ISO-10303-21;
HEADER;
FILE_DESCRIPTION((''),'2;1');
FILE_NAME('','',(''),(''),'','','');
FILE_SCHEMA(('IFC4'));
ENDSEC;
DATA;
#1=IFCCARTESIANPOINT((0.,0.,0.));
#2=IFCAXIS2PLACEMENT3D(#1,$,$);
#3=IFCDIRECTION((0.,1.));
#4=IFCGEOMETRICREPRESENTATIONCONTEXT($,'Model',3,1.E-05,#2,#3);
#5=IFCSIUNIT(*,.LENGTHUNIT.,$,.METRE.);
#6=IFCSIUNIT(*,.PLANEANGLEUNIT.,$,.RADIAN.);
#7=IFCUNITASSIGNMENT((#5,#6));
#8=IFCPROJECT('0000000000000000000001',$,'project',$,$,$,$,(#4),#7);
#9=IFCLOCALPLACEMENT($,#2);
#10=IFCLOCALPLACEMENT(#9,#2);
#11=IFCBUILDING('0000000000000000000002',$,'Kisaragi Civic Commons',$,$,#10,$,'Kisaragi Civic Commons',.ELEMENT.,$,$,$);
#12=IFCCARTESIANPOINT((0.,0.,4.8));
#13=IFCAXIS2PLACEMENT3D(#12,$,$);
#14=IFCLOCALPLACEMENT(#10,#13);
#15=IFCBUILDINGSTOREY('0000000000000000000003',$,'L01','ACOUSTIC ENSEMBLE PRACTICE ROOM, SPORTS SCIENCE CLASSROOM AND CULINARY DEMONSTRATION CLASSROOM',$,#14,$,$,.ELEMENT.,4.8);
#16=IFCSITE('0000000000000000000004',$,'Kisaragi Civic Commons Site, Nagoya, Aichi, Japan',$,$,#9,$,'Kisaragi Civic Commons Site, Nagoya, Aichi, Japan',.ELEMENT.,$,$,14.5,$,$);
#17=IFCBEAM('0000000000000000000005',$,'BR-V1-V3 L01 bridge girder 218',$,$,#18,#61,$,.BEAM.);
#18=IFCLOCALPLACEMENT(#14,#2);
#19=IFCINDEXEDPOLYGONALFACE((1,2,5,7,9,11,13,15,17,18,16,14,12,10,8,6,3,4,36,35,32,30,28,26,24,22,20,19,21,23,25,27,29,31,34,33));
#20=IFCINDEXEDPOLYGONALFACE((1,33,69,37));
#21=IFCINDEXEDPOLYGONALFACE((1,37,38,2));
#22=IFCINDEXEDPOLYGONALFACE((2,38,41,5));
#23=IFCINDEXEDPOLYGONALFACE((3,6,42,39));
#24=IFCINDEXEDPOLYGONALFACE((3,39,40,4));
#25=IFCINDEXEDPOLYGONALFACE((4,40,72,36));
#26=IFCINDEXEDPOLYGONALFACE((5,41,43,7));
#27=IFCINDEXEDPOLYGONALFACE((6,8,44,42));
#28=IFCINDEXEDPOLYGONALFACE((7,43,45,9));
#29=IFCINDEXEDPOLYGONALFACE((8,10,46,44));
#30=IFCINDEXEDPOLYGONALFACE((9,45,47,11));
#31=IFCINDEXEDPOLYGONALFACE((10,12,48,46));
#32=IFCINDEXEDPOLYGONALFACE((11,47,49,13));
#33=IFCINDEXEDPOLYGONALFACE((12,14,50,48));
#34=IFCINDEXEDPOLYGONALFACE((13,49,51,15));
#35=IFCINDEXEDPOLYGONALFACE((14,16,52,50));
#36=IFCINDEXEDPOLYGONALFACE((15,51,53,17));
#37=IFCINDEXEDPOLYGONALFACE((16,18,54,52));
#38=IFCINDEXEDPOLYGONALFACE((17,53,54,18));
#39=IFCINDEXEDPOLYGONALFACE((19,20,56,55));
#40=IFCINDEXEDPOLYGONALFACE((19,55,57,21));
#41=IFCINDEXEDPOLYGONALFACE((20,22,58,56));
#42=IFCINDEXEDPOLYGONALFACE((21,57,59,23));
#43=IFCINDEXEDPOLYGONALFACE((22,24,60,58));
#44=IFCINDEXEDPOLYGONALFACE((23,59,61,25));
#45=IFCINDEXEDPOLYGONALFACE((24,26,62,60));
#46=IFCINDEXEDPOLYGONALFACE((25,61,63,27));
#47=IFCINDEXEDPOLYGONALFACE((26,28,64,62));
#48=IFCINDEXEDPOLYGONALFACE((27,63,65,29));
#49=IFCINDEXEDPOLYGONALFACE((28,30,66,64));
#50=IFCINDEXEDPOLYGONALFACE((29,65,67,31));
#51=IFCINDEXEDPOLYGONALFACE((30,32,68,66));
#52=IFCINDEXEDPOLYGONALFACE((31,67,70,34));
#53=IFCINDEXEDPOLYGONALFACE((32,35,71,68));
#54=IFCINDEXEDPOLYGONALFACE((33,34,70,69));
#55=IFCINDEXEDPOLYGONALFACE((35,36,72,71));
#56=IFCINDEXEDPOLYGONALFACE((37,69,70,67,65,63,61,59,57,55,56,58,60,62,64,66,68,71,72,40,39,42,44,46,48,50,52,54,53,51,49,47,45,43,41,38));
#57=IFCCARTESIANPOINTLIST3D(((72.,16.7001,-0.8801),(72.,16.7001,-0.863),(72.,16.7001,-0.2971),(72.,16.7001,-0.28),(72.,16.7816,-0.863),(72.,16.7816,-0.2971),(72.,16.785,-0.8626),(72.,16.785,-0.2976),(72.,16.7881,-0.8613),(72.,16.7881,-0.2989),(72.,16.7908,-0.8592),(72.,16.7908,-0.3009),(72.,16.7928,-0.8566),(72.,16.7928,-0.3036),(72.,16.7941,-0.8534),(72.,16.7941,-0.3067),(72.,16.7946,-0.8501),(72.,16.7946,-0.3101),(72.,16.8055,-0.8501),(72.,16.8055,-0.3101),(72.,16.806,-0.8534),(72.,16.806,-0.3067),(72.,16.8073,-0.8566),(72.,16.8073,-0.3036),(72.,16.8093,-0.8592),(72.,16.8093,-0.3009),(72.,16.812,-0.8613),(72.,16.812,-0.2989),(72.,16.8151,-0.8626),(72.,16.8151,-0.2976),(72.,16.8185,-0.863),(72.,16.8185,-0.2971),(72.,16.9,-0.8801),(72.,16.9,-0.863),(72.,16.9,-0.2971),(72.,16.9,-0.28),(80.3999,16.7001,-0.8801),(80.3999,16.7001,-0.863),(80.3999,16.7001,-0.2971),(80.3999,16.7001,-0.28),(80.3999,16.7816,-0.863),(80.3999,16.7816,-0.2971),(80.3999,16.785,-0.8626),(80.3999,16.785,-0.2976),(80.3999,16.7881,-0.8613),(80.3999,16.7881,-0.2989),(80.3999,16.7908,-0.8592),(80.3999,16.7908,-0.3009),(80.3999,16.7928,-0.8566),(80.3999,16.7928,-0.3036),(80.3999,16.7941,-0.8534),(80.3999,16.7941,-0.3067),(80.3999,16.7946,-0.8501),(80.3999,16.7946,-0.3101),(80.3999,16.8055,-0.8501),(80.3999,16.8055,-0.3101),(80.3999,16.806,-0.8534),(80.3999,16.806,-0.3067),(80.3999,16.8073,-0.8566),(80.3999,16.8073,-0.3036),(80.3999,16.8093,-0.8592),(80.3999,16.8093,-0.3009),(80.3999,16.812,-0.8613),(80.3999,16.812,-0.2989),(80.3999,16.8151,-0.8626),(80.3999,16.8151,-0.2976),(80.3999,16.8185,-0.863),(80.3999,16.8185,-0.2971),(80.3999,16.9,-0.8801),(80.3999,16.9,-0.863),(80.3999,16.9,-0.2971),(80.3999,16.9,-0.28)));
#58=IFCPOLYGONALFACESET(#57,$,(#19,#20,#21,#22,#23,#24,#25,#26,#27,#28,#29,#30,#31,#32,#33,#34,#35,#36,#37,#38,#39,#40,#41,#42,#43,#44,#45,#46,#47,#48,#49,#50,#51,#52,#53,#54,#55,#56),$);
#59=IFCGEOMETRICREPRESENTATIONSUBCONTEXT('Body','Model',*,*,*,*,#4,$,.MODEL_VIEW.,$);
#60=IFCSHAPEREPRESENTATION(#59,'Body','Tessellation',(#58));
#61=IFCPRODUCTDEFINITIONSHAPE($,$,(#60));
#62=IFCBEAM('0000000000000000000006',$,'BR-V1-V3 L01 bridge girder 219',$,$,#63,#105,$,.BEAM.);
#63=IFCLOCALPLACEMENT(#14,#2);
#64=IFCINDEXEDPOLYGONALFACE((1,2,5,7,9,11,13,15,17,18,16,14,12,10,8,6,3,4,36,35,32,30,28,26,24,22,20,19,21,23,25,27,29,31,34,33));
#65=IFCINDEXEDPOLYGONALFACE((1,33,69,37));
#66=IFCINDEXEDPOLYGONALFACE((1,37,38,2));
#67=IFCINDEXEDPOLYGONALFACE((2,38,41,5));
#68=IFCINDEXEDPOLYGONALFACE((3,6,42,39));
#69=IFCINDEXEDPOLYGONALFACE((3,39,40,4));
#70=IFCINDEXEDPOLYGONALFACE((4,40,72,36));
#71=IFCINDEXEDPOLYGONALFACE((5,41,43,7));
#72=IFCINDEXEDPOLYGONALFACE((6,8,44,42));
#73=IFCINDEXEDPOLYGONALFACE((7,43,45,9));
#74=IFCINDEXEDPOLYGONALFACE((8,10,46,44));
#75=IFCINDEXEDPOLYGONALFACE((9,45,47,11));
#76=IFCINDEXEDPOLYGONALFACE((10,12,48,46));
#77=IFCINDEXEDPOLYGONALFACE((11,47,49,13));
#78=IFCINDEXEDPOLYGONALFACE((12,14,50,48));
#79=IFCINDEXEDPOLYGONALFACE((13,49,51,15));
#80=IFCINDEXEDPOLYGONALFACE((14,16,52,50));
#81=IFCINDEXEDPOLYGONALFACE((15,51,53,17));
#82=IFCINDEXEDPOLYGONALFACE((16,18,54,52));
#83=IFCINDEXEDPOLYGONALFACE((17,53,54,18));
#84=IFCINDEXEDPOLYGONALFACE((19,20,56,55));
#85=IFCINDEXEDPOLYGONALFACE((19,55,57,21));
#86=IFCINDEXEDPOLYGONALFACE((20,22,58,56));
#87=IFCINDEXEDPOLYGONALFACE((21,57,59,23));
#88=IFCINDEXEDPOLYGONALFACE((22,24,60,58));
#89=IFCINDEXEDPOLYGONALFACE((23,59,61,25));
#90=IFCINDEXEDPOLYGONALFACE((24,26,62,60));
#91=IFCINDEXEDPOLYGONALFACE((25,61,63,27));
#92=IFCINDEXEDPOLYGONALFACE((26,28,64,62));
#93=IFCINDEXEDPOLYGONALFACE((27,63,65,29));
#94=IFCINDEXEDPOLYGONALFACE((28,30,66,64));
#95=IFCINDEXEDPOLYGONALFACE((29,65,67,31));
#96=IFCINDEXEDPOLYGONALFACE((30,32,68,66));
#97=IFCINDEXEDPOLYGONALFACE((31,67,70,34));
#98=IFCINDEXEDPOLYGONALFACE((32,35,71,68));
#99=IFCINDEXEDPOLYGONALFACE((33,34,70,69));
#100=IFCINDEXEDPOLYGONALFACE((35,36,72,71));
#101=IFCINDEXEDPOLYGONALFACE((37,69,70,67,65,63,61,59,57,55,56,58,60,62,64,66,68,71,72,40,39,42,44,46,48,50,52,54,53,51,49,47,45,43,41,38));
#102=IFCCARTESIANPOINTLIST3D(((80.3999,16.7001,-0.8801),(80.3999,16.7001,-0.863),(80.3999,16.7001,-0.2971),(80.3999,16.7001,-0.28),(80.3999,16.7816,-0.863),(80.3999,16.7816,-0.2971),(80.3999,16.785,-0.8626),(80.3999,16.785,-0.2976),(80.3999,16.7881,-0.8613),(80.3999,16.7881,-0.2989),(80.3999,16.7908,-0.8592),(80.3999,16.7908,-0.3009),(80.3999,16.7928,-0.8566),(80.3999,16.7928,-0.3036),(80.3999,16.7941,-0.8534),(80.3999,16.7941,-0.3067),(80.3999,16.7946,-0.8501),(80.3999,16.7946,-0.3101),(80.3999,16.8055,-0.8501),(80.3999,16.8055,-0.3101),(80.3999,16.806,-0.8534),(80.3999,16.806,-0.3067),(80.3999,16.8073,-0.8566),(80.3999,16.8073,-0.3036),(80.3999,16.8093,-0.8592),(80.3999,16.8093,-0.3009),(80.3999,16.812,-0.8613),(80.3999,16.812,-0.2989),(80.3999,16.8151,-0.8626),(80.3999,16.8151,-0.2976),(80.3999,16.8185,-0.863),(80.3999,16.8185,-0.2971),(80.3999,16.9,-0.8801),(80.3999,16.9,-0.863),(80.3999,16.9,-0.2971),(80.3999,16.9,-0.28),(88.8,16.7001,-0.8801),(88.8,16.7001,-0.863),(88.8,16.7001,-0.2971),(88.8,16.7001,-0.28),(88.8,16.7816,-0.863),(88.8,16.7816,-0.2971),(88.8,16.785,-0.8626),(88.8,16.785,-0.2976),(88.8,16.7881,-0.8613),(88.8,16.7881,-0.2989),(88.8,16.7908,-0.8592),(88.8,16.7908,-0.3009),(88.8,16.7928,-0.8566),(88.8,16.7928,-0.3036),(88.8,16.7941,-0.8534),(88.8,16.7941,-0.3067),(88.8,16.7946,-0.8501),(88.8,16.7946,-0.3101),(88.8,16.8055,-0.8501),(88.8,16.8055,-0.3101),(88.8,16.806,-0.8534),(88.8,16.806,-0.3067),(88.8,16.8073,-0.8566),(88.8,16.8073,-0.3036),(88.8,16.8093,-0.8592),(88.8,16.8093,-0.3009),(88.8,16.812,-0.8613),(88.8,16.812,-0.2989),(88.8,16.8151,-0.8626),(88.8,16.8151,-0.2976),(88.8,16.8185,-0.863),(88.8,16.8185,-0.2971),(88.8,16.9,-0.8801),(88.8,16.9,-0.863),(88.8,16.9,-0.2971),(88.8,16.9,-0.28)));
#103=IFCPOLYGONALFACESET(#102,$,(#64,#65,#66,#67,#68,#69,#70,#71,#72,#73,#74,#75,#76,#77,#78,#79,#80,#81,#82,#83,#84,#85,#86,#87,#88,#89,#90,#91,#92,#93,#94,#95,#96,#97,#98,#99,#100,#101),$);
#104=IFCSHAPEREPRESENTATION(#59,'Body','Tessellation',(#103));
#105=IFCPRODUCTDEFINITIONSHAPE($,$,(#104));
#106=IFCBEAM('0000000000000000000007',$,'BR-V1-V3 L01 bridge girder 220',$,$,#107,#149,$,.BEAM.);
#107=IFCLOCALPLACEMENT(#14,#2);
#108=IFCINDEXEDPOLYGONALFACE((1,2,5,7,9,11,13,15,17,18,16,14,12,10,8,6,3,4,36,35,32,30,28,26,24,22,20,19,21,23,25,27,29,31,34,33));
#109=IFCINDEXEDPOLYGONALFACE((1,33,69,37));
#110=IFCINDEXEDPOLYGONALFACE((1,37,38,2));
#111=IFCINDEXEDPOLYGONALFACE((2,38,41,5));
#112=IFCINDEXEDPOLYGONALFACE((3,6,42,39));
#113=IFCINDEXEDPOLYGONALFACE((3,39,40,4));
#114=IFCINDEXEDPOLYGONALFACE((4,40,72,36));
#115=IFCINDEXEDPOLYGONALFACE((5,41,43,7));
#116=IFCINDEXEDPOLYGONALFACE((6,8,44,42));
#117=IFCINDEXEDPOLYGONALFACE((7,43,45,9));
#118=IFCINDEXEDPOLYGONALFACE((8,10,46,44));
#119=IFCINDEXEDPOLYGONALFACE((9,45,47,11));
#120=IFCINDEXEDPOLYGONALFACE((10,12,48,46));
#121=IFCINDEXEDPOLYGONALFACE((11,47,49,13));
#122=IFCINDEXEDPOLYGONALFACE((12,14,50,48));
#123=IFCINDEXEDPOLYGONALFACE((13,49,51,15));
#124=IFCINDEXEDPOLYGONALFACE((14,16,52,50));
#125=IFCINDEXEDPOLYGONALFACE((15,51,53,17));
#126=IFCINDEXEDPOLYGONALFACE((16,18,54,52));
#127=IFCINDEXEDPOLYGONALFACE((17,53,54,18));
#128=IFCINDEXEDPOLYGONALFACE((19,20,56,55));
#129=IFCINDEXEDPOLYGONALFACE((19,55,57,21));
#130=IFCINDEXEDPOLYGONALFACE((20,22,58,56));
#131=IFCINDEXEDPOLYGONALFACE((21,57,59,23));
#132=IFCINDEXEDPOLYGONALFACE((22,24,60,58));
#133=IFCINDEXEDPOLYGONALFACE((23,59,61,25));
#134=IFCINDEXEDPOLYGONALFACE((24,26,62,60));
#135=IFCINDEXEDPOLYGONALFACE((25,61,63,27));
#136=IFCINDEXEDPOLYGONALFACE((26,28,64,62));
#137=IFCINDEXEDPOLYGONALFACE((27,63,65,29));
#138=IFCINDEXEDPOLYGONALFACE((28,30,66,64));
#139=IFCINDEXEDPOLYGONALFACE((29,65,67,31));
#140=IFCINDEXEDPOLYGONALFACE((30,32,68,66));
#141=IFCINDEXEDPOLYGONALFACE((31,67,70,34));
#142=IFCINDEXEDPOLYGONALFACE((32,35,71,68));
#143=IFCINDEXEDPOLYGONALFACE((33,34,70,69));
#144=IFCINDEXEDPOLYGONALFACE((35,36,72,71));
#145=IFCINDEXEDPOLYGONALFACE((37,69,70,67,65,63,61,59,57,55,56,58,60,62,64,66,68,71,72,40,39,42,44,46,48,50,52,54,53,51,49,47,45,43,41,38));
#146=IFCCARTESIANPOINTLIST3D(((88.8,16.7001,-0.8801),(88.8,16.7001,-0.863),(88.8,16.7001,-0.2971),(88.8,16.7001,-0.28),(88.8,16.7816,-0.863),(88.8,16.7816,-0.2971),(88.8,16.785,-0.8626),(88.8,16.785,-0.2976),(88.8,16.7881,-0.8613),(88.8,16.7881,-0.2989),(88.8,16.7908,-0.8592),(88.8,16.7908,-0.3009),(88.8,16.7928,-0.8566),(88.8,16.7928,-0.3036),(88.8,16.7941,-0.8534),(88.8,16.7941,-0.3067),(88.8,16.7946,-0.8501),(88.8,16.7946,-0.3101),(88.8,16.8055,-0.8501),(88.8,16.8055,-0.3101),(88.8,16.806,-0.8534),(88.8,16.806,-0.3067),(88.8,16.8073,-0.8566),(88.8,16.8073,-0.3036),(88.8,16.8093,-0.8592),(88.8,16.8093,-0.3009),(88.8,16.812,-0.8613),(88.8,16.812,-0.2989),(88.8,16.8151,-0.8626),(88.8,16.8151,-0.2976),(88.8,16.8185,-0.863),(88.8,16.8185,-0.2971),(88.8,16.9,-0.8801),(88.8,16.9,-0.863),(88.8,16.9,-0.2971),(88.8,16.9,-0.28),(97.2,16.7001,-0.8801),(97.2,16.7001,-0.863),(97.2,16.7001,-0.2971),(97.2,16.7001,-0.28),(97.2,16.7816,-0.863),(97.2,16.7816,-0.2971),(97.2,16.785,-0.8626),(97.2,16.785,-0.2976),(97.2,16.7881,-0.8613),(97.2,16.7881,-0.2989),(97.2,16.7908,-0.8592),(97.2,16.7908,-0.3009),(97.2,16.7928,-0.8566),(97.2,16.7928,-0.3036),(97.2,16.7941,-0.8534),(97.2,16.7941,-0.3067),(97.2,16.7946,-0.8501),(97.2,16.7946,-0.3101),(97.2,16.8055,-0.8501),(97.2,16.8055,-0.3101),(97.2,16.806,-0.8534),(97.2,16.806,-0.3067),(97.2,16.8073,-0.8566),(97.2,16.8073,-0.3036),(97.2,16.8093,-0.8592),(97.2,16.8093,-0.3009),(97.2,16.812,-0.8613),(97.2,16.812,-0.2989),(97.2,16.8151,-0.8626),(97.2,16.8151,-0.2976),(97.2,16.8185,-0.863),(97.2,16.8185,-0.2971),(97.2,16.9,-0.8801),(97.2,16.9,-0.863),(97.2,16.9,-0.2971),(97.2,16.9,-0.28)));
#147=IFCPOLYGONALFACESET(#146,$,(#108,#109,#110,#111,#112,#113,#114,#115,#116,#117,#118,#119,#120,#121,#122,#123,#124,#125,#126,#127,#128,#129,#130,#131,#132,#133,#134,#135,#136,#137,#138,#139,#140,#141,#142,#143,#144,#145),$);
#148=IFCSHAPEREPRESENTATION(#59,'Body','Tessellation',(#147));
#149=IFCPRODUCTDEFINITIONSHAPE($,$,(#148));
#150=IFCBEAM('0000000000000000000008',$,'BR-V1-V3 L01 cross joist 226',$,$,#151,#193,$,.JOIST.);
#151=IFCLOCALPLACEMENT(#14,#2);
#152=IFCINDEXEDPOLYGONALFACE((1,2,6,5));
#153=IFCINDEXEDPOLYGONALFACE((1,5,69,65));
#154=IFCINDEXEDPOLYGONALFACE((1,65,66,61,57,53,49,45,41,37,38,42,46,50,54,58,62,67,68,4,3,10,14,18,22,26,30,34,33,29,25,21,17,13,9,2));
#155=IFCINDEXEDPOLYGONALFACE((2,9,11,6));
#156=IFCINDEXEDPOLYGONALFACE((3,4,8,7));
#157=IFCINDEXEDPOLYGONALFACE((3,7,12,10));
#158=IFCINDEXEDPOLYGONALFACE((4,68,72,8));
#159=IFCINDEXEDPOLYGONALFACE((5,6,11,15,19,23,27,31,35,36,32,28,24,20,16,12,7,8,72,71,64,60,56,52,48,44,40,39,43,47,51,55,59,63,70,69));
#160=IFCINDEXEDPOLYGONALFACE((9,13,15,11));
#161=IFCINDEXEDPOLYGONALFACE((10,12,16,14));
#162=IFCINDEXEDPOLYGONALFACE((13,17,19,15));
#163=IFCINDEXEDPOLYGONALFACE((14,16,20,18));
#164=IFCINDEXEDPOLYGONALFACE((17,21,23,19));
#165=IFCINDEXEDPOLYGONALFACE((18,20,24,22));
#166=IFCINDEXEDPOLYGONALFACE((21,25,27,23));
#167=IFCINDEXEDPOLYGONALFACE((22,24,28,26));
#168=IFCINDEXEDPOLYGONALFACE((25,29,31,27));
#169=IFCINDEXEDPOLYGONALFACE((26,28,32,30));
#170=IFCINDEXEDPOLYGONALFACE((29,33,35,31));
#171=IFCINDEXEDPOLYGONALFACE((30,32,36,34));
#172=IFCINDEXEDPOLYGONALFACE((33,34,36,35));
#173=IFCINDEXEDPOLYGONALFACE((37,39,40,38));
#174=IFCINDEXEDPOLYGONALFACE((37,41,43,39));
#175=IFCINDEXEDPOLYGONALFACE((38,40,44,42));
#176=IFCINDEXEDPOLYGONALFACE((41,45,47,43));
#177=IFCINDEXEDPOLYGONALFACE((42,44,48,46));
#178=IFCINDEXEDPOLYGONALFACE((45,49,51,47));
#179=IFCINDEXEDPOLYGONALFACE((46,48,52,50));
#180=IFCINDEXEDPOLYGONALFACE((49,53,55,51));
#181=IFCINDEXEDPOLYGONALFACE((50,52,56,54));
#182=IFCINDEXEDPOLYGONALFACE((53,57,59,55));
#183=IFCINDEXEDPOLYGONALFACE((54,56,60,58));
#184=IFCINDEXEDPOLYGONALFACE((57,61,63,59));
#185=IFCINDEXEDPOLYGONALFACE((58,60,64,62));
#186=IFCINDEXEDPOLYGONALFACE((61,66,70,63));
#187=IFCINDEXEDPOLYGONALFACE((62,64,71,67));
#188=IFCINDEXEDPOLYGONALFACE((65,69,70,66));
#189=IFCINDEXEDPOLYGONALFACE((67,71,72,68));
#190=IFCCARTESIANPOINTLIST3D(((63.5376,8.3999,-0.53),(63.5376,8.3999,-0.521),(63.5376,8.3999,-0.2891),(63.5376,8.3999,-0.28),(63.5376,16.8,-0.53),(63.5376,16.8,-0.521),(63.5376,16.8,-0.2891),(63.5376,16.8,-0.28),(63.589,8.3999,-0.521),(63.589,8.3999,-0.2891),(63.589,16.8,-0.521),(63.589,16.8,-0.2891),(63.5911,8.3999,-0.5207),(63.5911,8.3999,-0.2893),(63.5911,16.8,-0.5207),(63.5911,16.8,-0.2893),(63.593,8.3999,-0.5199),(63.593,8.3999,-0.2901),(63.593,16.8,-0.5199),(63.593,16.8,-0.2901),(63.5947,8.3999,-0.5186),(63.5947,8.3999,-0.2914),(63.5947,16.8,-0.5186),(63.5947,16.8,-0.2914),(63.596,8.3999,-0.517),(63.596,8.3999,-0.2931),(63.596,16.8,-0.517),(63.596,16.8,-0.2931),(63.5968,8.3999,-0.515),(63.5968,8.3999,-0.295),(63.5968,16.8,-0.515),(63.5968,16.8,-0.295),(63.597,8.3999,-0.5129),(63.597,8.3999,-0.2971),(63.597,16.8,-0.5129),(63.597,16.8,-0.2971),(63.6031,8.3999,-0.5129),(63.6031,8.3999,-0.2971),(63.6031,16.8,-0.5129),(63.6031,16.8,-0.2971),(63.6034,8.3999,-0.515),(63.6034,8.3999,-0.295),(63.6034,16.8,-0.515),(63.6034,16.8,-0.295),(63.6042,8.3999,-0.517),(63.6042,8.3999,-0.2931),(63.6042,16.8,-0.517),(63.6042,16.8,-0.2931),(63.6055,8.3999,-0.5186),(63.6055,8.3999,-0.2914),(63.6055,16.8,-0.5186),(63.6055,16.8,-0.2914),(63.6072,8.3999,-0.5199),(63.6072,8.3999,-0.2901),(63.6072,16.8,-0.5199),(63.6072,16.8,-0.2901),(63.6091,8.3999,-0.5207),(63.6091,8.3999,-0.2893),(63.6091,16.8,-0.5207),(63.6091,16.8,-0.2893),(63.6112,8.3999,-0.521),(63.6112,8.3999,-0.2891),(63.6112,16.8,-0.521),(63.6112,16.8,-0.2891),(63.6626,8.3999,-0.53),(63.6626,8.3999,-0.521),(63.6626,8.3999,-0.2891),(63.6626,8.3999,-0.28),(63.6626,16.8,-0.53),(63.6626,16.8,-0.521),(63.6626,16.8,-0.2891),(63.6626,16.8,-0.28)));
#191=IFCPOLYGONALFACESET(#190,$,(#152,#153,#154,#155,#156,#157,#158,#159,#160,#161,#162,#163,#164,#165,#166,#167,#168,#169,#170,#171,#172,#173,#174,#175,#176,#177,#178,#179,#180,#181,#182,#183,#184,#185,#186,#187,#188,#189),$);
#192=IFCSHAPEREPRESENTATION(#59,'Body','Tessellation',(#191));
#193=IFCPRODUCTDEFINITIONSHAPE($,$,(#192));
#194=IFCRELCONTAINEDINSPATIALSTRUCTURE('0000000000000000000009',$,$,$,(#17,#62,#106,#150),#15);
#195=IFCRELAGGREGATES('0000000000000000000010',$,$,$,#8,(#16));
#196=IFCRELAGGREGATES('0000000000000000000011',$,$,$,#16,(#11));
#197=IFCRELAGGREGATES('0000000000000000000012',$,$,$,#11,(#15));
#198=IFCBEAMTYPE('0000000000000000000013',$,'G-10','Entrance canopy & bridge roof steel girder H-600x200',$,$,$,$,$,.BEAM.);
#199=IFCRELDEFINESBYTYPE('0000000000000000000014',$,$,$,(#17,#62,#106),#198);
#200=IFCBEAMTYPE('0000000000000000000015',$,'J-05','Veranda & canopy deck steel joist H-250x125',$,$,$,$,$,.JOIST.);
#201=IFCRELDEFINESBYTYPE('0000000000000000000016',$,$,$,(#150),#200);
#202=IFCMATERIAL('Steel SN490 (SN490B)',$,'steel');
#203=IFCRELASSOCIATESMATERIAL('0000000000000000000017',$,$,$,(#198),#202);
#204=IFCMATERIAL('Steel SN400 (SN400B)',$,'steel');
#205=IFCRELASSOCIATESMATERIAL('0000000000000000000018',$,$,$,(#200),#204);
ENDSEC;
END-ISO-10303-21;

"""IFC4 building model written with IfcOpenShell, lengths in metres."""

from ifc_helpers import new_model, si_unit, direction, frame, origin, origin_2d, place, context, subcontext, project, spatial, i_section, extrude, material, material_profile, profile_set, type_object, element, save


model = new_model("IFC4")

# Units and contexts
model_context = context("Model", 3, precision=1e-05, world=origin(), true_north=direction((0.0, 1.0)))
body_context = subcontext(model_context, "Body", "Model", "MODEL_VIEW")
ifc_project = project(units=[si_unit("LENGTHUNIT", "METRE"), si_unit("PLANEANGLEUNIT", "RADIAN")], contexts=[model_context])

# Site, building, storey
site_placement = place(None, origin())
site = spatial("IfcSite", under=ifc_project, at=site_placement, Name="Kisaragi Civic Commons Site, Nagoya, Aichi, Japan", LongName="Kisaragi Civic Commons Site, Nagoya, Aichi, Japan", CompositionType="ELEMENT", RefElevation=14.5)
building_placement = place(site_placement, origin())
building = spatial("IfcBuilding", under=site, at=building_placement, Name="Kisaragi Civic Commons", LongName="Kisaragi Civic Commons", CompositionType="ELEMENT")
storey_placement = place(building_placement, frame((0.0, 0.0, 4.8)))
storey = spatial("IfcBuildingStorey", under=building, at=storey_placement, Name="L01", Description="ACOUSTIC ENSEMBLE PRACTICE ROOM, SPORTS SCIENCE CLASSROOM AND CULINARY DEMONSTRATION CLASSROOM", CompositionType="ELEMENT", Elevation=4.8)

# Beams
ifc_material_1 = material(Name="Steel SN490 (SN490B)", Category="steel")
ifc_material_profile_1 = material_profile(ifc_material_1, i_section(OverallWidth=0.2, OverallDepth=0.6001, WebThickness=0.011, FlangeThickness=0.0171, FilletRadius=0.0129, at=origin_2d()), Name="H-600x200x11x17", Category="steel")
ifc_profile_set_1 = profile_set([ifc_material_profile_1], Name="Steel SN490 (SN490B)")
beam_type_1 = type_object("IfcBeamType", Name="G-10", Description="Entrance canopy & bridge roof steel girder H-600x200", PredefinedType="BEAM", material=ifc_profile_set_1)
for number, where, z_axis, x_axis, name in (
    (1, (72.0, 16.8, -0.5801), (1.0, 0.0, 0.0), (0.0, 1.0, 0.0), "BR-V1-V3 L01 bridge girder 218"),
):
    element("IfcBeam", number, at=place(storey_placement, frame(where, z_axis=z_axis, x_axis=x_axis)), inside=storey, type_object=beam_type_1, Name=name, PredefinedType="BEAM", context=body_context, shape_type="SweptSolid", body=[
        extrude(i_section(OverallWidth=0.2, OverallDepth=0.6001, WebThickness=0.011, FlangeThickness=0.0171, FilletRadius=0.0129, at=origin_2d()), origin(), (0.0, 0.0, 1.0), 8.3999),
    ])
beam_1_placement = place(storey_placement, frame((80.3999, 16.8, -0.5801), z_axis=(1.0, 0.0, 0.0), x_axis=(0.0, 1.0, 0.0)))
element("IfcBeam", 2, at=beam_1_placement, inside=storey, type_object=beam_type_1, Name="BR-V1-V3 L01 bridge girder 219", PredefinedType="BEAM", context=body_context, shape_type="SweptSolid", body=[
    extrude(i_section(OverallWidth=0.2, OverallDepth=0.6001, WebThickness=0.011, FlangeThickness=0.0171, FilletRadius=0.0129, at=origin_2d()), origin(), (0.0, 0.0, 1.0), 8.4001),
])
beam_2_placement = place(storey_placement, frame((88.8, 16.8, -0.5801), z_axis=(1.0, 0.0, 0.0), x_axis=(0.0, 1.0, 0.0)))
element("IfcBeam", 3, at=beam_2_placement, inside=storey, type_object=beam_type_1, Name="BR-V1-V3 L01 bridge girder 220", PredefinedType="BEAM", context=body_context, shape_type="SweptSolid", body=[
    extrude(i_section(OverallWidth=0.2, OverallDepth=0.6001, WebThickness=0.011, FlangeThickness=0.0171, FilletRadius=0.0129, at=origin_2d()), origin(), (0.0, 0.0, 1.0), 8.3999),
])
ifc_material_2 = material(Name="Steel SN400 (SN400B)", Category="steel")
ifc_material_profile_2 = material_profile(ifc_material_2, i_section(OverallWidth=0.125, OverallDepth=0.25, WebThickness=0.0061, FlangeThickness=0.009, FilletRadius=0.0081, at=origin_2d()), Name="H-250x125x6x9", Category="steel")
ifc_profile_set_2 = profile_set([ifc_material_profile_2], Name="Steel SN400 (SN400B)")
beam_type_2 = type_object("IfcBeamType", Name="J-05", Description="Veranda & canopy deck steel joist H-250x125", PredefinedType="JOIST", material=ifc_profile_set_2)
for number, where, z_axis, x_axis, name in (
    (4, (63.6001, 8.3999, -0.405), (0.0, 1.0, 0.0), (-1.0, 0.0, 0.0), "BR-V1-V3 L01 cross joist 226"),
):
    element("IfcBeam", number, at=place(storey_placement, frame(where, z_axis=z_axis, x_axis=x_axis)), inside=storey, type_object=beam_type_2, Name=name, PredefinedType="JOIST", context=body_context, shape_type="SweptSolid", body=[
        extrude(i_section(OverallWidth=0.125, OverallDepth=0.25, WebThickness=0.0061, FlangeThickness=0.009, FilletRadius=0.0081, at=origin_2d()), origin(), (0.0, 0.0, 1.0), 8.4001),
    ])

save(model, "model.ifc")
